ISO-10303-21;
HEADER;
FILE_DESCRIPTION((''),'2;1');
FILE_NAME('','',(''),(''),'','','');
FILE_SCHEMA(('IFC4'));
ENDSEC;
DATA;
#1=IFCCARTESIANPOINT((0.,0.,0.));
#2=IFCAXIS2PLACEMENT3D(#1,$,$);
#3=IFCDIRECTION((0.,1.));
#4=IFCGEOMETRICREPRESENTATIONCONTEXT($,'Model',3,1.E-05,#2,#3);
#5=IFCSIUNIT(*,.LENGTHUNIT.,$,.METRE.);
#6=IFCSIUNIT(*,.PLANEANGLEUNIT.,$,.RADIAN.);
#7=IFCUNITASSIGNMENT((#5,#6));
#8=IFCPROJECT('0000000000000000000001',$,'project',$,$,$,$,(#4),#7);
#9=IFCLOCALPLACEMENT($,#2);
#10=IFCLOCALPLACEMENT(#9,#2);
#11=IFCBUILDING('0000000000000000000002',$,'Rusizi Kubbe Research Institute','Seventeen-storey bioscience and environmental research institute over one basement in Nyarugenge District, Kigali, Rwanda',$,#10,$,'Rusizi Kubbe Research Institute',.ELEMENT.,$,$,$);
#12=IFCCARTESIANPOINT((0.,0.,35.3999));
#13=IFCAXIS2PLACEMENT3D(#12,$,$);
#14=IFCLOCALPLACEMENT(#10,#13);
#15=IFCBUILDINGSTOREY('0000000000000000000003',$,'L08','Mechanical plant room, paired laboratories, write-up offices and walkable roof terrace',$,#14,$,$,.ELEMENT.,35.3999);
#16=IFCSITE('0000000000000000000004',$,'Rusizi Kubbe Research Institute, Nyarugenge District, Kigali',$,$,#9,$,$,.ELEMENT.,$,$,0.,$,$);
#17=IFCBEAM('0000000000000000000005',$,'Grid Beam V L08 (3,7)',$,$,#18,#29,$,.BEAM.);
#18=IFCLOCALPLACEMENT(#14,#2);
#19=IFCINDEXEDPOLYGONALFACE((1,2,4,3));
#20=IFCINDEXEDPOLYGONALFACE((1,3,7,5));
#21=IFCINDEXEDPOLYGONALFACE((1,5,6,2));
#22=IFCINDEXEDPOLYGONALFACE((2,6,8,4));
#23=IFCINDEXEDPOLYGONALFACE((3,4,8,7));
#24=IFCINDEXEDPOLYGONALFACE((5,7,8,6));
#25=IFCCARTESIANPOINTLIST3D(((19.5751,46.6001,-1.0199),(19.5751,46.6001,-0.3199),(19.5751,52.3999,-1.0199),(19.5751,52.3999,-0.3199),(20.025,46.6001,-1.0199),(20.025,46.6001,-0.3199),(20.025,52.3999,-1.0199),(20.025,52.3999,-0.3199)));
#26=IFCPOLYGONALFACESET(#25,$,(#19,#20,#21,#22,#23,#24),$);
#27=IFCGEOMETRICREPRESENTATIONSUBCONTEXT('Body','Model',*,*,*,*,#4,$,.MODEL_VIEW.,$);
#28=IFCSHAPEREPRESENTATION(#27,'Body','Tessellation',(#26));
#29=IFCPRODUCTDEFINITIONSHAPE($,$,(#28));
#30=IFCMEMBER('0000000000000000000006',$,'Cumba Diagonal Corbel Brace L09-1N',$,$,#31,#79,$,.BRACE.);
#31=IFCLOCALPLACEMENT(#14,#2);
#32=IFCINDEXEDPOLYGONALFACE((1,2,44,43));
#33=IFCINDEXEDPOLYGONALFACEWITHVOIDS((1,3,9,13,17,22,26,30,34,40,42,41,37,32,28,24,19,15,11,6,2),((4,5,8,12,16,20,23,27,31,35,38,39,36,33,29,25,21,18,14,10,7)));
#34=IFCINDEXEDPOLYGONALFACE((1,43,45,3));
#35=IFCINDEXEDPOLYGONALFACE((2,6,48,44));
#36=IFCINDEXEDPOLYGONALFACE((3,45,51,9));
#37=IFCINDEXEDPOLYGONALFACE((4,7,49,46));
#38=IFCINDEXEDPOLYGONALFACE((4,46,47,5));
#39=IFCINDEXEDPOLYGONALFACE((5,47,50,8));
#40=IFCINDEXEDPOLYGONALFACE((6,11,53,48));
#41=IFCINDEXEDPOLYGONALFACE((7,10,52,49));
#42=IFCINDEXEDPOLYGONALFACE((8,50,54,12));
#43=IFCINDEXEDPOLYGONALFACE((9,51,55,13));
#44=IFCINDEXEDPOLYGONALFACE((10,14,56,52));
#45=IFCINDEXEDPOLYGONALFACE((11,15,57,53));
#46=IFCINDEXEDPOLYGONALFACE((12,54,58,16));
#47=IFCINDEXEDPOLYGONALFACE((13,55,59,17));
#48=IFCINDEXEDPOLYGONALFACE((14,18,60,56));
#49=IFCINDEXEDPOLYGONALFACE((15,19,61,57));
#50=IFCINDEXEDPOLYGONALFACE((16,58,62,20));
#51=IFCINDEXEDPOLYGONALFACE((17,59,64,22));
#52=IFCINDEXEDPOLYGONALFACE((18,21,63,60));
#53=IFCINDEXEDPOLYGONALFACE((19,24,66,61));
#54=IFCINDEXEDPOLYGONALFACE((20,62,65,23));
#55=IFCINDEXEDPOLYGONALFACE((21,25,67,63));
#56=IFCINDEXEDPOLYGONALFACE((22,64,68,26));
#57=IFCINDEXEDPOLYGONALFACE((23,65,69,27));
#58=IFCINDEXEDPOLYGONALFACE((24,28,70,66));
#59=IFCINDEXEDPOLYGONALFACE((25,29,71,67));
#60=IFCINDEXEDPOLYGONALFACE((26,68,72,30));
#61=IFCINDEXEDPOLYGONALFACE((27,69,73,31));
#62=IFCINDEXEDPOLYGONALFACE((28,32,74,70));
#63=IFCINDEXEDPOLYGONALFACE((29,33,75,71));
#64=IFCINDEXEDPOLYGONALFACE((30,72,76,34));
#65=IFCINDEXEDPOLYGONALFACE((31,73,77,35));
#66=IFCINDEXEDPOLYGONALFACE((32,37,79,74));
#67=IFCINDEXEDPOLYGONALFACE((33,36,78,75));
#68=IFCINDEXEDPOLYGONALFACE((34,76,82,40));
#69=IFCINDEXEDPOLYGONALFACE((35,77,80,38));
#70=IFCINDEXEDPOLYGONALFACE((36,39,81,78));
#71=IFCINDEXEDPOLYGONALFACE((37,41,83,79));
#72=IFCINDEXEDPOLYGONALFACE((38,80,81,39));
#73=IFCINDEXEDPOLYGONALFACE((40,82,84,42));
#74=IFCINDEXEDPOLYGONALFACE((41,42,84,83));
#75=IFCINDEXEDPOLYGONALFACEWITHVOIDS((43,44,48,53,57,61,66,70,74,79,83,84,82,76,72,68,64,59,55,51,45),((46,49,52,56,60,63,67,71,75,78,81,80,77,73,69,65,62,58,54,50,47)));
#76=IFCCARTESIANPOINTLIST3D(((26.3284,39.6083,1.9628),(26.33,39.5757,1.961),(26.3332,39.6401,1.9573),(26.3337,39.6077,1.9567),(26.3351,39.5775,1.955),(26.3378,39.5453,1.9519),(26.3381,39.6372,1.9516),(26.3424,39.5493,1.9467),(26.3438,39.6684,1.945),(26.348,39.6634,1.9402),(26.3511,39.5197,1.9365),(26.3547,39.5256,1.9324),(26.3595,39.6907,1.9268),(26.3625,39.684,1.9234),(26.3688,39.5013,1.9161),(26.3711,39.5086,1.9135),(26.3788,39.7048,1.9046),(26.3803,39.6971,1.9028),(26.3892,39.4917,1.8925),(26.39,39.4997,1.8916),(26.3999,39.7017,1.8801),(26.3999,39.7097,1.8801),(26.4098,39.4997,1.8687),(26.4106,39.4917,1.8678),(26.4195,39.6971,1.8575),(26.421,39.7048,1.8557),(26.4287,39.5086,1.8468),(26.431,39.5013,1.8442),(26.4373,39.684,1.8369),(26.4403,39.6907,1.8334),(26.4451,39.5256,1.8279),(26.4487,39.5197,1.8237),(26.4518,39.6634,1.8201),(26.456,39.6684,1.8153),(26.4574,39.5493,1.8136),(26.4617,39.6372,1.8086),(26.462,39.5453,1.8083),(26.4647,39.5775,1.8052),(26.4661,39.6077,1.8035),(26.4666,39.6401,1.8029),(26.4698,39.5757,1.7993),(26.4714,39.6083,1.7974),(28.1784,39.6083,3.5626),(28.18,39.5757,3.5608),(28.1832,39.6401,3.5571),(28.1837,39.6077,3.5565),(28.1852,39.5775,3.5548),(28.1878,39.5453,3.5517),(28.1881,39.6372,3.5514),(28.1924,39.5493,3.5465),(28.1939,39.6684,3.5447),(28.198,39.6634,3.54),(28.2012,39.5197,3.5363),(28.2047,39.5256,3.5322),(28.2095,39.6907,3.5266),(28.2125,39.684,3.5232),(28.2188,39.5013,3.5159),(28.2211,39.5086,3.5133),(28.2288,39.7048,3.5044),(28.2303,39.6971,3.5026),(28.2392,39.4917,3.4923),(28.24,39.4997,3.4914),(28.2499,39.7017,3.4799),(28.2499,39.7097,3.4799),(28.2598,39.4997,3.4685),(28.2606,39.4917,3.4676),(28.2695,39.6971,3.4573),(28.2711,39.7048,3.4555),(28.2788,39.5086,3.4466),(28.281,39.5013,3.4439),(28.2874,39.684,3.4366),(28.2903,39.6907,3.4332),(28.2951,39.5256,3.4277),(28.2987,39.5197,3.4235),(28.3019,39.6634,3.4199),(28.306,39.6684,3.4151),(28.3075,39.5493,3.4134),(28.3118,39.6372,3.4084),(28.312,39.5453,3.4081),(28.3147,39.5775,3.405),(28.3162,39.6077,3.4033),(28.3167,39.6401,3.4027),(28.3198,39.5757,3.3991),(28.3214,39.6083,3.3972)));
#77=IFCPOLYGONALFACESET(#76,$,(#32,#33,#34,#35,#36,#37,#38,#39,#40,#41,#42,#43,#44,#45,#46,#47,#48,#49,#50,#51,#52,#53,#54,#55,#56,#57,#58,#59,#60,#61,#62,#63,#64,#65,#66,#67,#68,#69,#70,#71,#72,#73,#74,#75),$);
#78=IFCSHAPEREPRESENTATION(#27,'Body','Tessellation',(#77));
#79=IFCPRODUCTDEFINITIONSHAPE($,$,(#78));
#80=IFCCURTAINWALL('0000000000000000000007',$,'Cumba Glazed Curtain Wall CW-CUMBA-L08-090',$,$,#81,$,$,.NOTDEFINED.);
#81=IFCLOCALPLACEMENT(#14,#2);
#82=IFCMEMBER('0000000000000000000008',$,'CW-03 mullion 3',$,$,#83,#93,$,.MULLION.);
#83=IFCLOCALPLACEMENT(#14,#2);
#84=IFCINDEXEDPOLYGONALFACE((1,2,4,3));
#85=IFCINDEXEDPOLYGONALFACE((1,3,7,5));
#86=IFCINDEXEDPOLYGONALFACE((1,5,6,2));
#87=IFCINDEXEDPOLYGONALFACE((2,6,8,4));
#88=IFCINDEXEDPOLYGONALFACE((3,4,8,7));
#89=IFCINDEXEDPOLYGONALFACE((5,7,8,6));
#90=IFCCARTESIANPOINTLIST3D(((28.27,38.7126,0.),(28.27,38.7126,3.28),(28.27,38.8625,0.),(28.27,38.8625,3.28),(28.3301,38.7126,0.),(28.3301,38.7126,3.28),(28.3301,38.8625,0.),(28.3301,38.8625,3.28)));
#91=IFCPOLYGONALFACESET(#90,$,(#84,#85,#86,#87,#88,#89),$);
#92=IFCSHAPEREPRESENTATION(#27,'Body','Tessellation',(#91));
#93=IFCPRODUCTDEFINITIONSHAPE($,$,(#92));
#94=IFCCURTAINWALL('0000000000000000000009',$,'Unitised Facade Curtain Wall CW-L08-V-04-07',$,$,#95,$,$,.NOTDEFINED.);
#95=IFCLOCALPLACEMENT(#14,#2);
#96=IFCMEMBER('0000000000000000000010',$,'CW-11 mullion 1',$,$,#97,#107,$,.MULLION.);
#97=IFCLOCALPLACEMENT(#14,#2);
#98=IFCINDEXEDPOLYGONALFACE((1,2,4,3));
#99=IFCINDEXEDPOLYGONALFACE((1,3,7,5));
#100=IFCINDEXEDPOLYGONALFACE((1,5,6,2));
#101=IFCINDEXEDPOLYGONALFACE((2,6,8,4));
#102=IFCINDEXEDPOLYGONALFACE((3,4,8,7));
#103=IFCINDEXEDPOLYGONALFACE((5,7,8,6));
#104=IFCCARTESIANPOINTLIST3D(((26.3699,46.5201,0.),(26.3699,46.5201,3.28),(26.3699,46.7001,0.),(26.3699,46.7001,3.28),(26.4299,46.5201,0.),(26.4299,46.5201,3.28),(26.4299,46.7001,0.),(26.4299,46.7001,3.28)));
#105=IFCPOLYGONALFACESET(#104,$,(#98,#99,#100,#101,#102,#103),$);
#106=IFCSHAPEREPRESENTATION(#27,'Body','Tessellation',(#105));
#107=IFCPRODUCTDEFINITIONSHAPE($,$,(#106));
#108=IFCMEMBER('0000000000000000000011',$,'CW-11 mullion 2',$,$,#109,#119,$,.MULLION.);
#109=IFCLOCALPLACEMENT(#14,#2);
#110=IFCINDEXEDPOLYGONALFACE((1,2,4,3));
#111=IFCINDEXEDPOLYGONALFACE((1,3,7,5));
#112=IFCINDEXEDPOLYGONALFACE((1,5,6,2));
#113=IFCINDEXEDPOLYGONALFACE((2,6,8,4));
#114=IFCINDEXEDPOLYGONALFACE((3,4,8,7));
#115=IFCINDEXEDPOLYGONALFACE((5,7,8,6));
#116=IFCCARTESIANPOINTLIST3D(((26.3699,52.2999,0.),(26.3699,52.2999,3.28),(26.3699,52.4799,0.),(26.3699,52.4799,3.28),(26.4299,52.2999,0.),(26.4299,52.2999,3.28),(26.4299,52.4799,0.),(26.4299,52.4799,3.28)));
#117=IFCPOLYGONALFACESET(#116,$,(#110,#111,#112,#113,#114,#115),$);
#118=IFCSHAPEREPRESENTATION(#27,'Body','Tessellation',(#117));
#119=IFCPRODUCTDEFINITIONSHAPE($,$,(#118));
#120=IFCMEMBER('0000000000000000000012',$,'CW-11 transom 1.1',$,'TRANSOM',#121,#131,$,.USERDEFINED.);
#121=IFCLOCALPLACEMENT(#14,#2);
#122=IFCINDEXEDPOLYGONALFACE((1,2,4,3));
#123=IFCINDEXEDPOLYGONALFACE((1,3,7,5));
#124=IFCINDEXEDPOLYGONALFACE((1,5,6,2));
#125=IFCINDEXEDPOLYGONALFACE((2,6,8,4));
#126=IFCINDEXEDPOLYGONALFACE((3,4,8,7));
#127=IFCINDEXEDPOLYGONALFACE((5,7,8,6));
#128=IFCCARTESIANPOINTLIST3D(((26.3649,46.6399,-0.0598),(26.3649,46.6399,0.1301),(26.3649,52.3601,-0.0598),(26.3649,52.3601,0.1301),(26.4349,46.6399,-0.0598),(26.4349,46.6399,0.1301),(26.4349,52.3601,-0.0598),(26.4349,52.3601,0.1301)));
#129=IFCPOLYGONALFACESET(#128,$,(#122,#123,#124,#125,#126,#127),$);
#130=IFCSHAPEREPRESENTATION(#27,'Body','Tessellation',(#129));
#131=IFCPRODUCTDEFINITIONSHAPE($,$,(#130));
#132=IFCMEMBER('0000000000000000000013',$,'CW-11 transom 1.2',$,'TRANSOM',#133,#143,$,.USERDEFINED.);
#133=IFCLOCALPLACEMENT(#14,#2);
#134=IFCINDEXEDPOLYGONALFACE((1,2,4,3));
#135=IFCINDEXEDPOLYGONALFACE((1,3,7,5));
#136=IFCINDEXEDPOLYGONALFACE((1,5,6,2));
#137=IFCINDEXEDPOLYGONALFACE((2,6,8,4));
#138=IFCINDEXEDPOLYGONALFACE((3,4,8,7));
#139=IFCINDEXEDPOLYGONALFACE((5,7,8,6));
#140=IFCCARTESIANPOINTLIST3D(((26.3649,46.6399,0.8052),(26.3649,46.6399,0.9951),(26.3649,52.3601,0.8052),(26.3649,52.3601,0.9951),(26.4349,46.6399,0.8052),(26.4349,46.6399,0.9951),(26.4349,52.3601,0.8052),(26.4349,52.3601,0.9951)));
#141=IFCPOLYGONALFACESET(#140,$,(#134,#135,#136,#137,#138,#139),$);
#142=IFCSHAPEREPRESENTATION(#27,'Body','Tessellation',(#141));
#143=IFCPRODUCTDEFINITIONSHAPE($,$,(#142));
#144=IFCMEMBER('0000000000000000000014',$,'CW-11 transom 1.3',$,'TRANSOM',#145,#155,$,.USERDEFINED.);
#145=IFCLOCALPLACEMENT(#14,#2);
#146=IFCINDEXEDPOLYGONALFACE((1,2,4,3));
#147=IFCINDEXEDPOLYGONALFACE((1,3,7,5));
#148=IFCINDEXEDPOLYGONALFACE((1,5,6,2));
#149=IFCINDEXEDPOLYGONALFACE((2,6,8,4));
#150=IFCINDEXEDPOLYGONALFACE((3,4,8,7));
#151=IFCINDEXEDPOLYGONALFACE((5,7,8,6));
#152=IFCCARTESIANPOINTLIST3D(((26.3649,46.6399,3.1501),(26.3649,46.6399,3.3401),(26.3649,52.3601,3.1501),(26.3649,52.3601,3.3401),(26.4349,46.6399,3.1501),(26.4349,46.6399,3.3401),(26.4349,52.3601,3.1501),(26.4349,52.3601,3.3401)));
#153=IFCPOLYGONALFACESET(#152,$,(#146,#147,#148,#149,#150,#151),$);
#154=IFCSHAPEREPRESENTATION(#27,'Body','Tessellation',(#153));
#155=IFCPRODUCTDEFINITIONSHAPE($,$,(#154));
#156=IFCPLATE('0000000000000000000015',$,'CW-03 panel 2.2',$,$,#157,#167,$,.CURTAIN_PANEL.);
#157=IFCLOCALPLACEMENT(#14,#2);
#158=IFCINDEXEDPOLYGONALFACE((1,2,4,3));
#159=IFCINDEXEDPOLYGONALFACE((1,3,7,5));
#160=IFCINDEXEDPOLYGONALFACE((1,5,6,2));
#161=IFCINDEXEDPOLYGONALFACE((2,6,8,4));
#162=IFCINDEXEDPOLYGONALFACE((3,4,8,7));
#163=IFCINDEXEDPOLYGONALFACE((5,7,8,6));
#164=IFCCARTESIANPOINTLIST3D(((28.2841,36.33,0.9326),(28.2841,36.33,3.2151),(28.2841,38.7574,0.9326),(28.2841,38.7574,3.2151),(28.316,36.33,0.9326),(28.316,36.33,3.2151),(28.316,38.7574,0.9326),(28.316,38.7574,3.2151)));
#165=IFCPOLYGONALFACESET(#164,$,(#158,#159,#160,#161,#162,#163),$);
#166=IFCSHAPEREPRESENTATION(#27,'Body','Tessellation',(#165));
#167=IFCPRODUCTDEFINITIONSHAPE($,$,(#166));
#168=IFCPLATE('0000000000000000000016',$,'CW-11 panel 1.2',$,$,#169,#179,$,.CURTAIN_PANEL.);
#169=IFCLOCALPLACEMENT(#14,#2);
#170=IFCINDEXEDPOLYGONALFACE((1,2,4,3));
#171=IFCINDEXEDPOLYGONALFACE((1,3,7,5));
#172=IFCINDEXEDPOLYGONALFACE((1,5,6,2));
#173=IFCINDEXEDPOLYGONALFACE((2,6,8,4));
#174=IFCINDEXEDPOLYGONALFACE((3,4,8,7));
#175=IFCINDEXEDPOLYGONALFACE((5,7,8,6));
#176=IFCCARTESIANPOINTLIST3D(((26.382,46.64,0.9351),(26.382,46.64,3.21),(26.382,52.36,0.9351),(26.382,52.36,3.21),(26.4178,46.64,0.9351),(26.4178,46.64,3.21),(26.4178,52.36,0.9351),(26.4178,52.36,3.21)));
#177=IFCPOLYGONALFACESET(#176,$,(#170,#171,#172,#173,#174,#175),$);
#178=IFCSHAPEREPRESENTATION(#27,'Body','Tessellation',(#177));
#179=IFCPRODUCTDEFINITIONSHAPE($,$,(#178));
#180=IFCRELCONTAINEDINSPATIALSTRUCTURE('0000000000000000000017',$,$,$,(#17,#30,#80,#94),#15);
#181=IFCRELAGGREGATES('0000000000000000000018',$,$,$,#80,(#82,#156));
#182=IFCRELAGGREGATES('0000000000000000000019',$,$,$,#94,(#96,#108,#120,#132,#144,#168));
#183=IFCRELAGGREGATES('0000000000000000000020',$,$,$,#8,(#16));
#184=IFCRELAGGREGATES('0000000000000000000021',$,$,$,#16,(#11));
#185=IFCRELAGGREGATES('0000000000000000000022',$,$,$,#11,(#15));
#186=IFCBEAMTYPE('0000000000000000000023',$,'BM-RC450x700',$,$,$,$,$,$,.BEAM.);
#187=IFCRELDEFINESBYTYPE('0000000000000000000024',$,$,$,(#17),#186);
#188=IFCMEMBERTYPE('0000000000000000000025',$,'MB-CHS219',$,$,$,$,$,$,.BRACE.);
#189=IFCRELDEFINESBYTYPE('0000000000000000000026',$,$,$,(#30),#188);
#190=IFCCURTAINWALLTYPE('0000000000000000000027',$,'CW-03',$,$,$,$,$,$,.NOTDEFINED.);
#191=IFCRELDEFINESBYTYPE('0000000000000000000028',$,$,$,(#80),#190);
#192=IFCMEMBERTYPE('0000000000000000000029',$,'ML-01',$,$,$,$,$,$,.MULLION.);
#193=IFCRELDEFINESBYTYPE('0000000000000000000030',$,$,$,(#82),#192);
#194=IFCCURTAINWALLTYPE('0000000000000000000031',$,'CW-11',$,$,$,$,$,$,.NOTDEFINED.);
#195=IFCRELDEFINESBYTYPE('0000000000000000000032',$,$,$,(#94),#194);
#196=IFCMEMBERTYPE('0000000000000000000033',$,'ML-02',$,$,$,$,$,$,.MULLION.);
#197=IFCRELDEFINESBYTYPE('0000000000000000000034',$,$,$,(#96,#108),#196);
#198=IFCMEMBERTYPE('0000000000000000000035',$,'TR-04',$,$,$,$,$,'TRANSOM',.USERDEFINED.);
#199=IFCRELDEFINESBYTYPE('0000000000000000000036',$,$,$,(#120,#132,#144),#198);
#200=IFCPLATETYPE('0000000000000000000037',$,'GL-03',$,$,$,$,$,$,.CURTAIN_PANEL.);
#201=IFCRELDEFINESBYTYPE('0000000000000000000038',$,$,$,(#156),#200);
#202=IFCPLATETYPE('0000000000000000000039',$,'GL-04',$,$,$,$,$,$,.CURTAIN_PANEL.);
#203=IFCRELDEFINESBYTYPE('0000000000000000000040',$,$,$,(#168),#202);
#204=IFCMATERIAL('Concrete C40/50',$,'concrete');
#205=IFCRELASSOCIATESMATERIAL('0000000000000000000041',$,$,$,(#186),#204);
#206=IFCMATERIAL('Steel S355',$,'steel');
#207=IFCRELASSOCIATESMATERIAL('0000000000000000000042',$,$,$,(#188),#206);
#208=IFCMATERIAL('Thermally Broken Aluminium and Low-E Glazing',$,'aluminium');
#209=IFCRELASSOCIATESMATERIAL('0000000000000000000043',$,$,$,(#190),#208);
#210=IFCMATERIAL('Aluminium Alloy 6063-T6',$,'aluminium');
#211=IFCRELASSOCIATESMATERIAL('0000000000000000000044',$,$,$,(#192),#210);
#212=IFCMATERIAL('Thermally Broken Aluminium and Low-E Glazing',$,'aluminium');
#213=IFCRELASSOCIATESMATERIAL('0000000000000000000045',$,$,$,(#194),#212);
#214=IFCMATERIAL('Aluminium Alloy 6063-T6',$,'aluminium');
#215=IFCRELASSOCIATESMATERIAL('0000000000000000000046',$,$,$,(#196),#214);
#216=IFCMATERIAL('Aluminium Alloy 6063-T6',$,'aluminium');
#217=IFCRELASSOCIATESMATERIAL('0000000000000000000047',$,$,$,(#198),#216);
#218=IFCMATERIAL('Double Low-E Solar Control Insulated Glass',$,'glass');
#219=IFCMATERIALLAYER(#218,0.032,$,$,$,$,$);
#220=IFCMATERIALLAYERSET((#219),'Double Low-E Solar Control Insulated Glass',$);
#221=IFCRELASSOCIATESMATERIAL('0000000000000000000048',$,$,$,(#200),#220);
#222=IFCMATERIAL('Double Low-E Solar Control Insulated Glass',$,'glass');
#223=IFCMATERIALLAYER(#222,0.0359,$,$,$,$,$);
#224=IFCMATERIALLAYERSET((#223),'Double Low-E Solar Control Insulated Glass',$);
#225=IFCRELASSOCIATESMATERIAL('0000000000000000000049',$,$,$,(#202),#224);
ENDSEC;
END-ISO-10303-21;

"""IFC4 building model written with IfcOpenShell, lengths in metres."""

from ifc_helpers import new_model, si_unit, direction, frame, origin, origin_2d, place, context, subcontext, project, spatial, rectangle, hollow_circle, extrude, material, layer, layer_set, material_profile, profile_set, type_object, element, aggregate, save


model = new_model("IFC4")

# Units and contexts
model_context = context("Model", 3, precision=1e-05, world=origin(), true_north=direction((0.0, 1.0)))
body_context = subcontext(model_context, "Body", "Model", "MODEL_VIEW")
ifc_project = project(units=[si_unit("LENGTHUNIT", "METRE"), si_unit("PLANEANGLEUNIT", "RADIAN")], contexts=[model_context])

# Site, building, storey
site_placement = place(None, origin())
site = spatial("IfcSite", under=ifc_project, at=site_placement, Name="Rusizi Kubbe Research Institute, Nyarugenge District, Kigali", CompositionType="ELEMENT", RefElevation=0.0)
building_placement = place(site_placement, origin())
building = spatial("IfcBuilding", under=site, at=building_placement, Name="Rusizi Kubbe Research Institute", Description="Seventeen-storey bioscience and environmental research institute over one basement in Nyarugenge District, Kigali, Rwanda", LongName="Rusizi Kubbe Research Institute", CompositionType="ELEMENT")
storey_placement = place(building_placement, frame((0.0, 0.0, 35.3999)))
storey = spatial("IfcBuildingStorey", under=building, at=storey_placement, Name="L08", Description="Mechanical plant room, paired laboratories, write-up offices and walkable roof terrace", CompositionType="ELEMENT", Elevation=35.3999)

# Beam
ifc_material_1 = material(Name="Concrete C40/50", Category="concrete")
ifc_material_profile_1 = material_profile(ifc_material_1, rectangle(XDim=0.45, YDim=0.7, at=origin_2d()), Name="RC450x700B")
ifc_profile_set_1 = profile_set([ifc_material_profile_1], Name="Concrete C40/50")
beam_type_1 = type_object("IfcBeamType", Name="BM-RC450x700", PredefinedType="BEAM", material=ifc_profile_set_1)
beam_1_placement = place(storey_placement, frame((19.8, 46.6001, -0.6699), z_axis=(0.0, 1.0, 0.0), x_axis=(-1.0, 0.0, 0.0)))
element("IfcBeam", 1, at=beam_1_placement, inside=storey, type_object=beam_type_1, Name="Grid Beam V L08 (3,7)", PredefinedType="BEAM", context=body_context, shape_type="SweptSolid", body=[
    extrude(rectangle(XDim=0.45, YDim=0.7, at=origin_2d()), origin(), (0.0, 0.0, 1.0), 5.7998),
])

# Member
ifc_material_2 = material(Name="Steel S355", Category="steel")
ifc_material_profile_2 = material_profile(ifc_material_2, hollow_circle(Radius=0.1096, WallThickness=0.0081, at=origin_2d()), Name="CHS 219.1x8.0")
ifc_profile_set_2 = profile_set([ifc_material_profile_2], Name="Steel S355")
member_type_1 = type_object("IfcMemberType", Name="MB-CHS219", PredefinedType="BRACE", material=ifc_profile_set_2)
member_1_placement = place(storey_placement, frame((26.3999, 39.6001, 1.8801), z_axis=(0.75641, 0.0, 0.654098), x_axis=(0.0, 1.0, 0.0)))
element("IfcMember", 2, at=member_1_placement, inside=storey, type_object=member_type_1, Name="Cumba Diagonal Corbel Brace L09-1N", PredefinedType="BRACE", context=body_context, shape_type="SweptSolid", body=[
    extrude(hollow_circle(Radius=0.1096, WallThickness=0.0081, at=origin_2d()), origin(), (0.0, 0.0, 1.0), 2.4458),
])

# Curtain wall, member
ifc_material_3 = material(Name="Thermally Broken Aluminium and Low-E Glazing", Category="aluminium")
curtain_wall_type_1 = type_object("IfcCurtainWallType", Name="CW-03", PredefinedType="NOTDEFINED", material=ifc_material_3)
curtain_wall_1_placement = place(storey_placement, origin())
curtain_wall_1 = element("IfcCurtainWall", 3, at=curtain_wall_1_placement, inside=storey, type_object=curtain_wall_type_1, Name="Cumba Glazed Curtain Wall CW-CUMBA-L08-090", PredefinedType="NOTDEFINED")
ifc_material_4 = material(Name="Aluminium Alloy 6063-T6", Category="aluminium")
ifc_material_profile_3 = material_profile(ifc_material_4, rectangle(XDim=0.0601, YDim=0.1499, at=origin_2d()), Name="ALU-M 60x150")
ifc_profile_set_3 = profile_set([ifc_material_profile_3], Name="Aluminium Alloy 6063-T6")
member_type_2 = type_object("IfcMemberType", Name="ML-01", PredefinedType="MULLION", material=ifc_profile_set_3)
member_2_placement = place(storey_placement, frame((28.3, 38.7876, 0.0), z_axis=(0.0, 0.0, 1.0), x_axis=(-1.0, 0.0, 0.0)))
member_2 = element("IfcMember", 4, at=member_2_placement, type_object=member_type_2, Name="CW-03 mullion 3", PredefinedType="MULLION", context=body_context, shape_type="SweptSolid", body=[
    extrude(rectangle(XDim=0.0601, YDim=0.1499, at=origin_2d()), origin(), (0.0, 0.0, 1.0), 3.28),
])

# Curtain wall, members
ifc_material_5 = material(Name="Thermally Broken Aluminium and Low-E Glazing", Category="aluminium")
curtain_wall_type_2 = type_object("IfcCurtainWallType", Name="CW-11", PredefinedType="NOTDEFINED", material=ifc_material_5)
curtain_wall_2_placement = place(storey_placement, origin())
curtain_wall_2 = element("IfcCurtainWall", 5, at=curtain_wall_2_placement, inside=storey, type_object=curtain_wall_type_2, Name="Unitised Facade Curtain Wall CW-L08-V-04-07", PredefinedType="NOTDEFINED")
ifc_material_6 = material(Name="Aluminium Alloy 6063-T6", Category="aluminium")
ifc_material_profile_4 = material_profile(ifc_material_6, rectangle(XDim=0.0601, YDim=0.1799, at=origin_2d()), Name="ALU-M 60x180")
ifc_profile_set_4 = profile_set([ifc_material_profile_4], Name="Aluminium Alloy 6063-T6")
member_type_3 = type_object("IfcMemberType", Name="ML-02", PredefinedType="MULLION", material=ifc_profile_set_4)
member_3_placement = place(storey_placement, frame((26.3999, 46.6101, 0.0), z_axis=(0.0, 0.0, 1.0), x_axis=(-1.0, 0.0, 0.0)))
member_3 = element("IfcMember", 6, at=member_3_placement, type_object=member_type_3, Name="CW-11 mullion 1", PredefinedType="MULLION", context=body_context, shape_type="SweptSolid", body=[
    extrude(rectangle(XDim=0.0601, YDim=0.1799, at=origin_2d()), origin(), (0.0, 0.0, 1.0), 3.28),
])
member_4_placement = place(storey_placement, frame((26.3999, 52.3899, 0.0), z_axis=(0.0, 0.0, 1.0), x_axis=(-1.0, 0.0, 0.0)))
member_4 = element("IfcMember", 7, at=member_4_placement, type_object=member_type_3, Name="CW-11 mullion 2", PredefinedType="MULLION", context=body_context, shape_type="SweptSolid", body=[
    extrude(rectangle(XDim=0.0601, YDim=0.1799, at=origin_2d()), origin(), (0.0, 0.0, 1.0), 3.28),
])
ifc_material_7 = material(Name="Aluminium Alloy 6063-T6", Category="aluminium")
ifc_material_profile_5 = material_profile(ifc_material_7, rectangle(XDim=0.0701, YDim=0.1899, at=origin_2d()), Name="ALU-T 70x190")
ifc_profile_set_5 = profile_set([ifc_material_profile_5], Name="Aluminium Alloy 6063-T6")
member_type_4 = type_object("IfcMemberType", Name="TR-04", ElementType="TRANSOM", PredefinedType="USERDEFINED", material=ifc_profile_set_5)
member_5_placement = place(storey_placement, frame((26.3999, 46.6399, 0.0352), z_axis=(0.0, 1.0, 0.0), x_axis=(-1.0, 0.0, 0.0)))
member_5 = element("IfcMember", 8, at=member_5_placement, type_object=member_type_4, Name="CW-11 transom 1.1", ObjectType="TRANSOM", PredefinedType="USERDEFINED", context=body_context, shape_type="SweptSolid", body=[
    extrude(rectangle(XDim=0.0701, YDim=0.1899, at=origin_2d()), origin(), (0.0, 0.0, 1.0), 5.7202),
])
member_6_placement = place(storey_placement, frame((26.3999, 46.6399, 0.9001), z_axis=(0.0, 1.0, 0.0), x_axis=(-1.0, 0.0, 0.0)))
member_6 = element("IfcMember", 9, at=member_6_placement, type_object=member_type_4, Name="CW-11 transom 1.2", ObjectType="TRANSOM", PredefinedType="USERDEFINED", context=body_context, shape_type="SweptSolid", body=[
    extrude(rectangle(XDim=0.0701, YDim=0.1899, at=origin_2d()), origin(), (0.0, 0.0, 1.0), 5.7202),
])
member_7_placement = place(storey_placement, frame((26.3999, 46.6399, 3.2451), z_axis=(0.0, 1.0, 0.0), x_axis=(-1.0, 0.0, 0.0)))
member_7 = element("IfcMember", 10, at=member_7_placement, type_object=member_type_4, Name="CW-11 transom 1.3", ObjectType="TRANSOM", PredefinedType="USERDEFINED", context=body_context, shape_type="SweptSolid", body=[
    extrude(rectangle(XDim=0.0701, YDim=0.1899, at=origin_2d()), origin(), (0.0, 0.0, 1.0), 5.7202),
])

# Plates
ifc_material_8 = material(Name="Double Low-E Solar Control Insulated Glass", Category="glass")
ifc_layer_1 = layer(ifc_material_8, 0.032)
ifc_layer_set_1 = layer_set([ifc_layer_1], Name="Double Low-E Solar Control Insulated Glass")
plate_type_1 = type_object("IfcPlateType", Name="GL-03", PredefinedType="CURTAIN_PANEL", material=ifc_layer_set_1)
plate_1_placement = place(storey_placement, frame((28.3, 37.5437, 0.9326), z_axis=(0.0, 0.0, 1.0), x_axis=(0.0, 1.0, 0.0)))
plate_1 = element("IfcPlate", 11, at=plate_1_placement, type_object=plate_type_1, Name="CW-03 panel 2.2", PredefinedType="CURTAIN_PANEL", context=body_context, shape_type="SweptSolid", body=[
    extrude(rectangle(XDim=2.4275, YDim=0.032, at=origin_2d()), origin(), (0.0, 0.0, 1.0), 2.2825),
])
ifc_material_9 = material(Name="Double Low-E Solar Control Insulated Glass", Category="glass")
ifc_layer_2 = layer(ifc_material_9, 0.0359)
ifc_layer_set_2 = layer_set([ifc_layer_2], Name="Double Low-E Solar Control Insulated Glass")
plate_type_2 = type_object("IfcPlateType", Name="GL-04", PredefinedType="CURTAIN_PANEL", material=ifc_layer_set_2)
plate_2_placement = place(storey_placement, frame((26.3999, 49.5, 0.9351), z_axis=(0.0, 0.0, 1.0), x_axis=(0.0, 1.0, 0.0)))
plate_2 = element("IfcPlate", 12, at=plate_2_placement, type_object=plate_type_2, Name="CW-11 panel 1.2", PredefinedType="CURTAIN_PANEL", context=body_context, shape_type="SweptSolid", body=[
    extrude(rectangle(XDim=5.72, YDim=0.0359, at=origin_2d()), origin(), (0.0, 0.0, 1.0), 2.2749),
])
aggregate(curtain_wall_1, [member_2, plate_1])
aggregate(curtain_wall_2, [member_3, member_4, member_5, member_6, member_7, plate_2])

save(model, "model.ifc")
